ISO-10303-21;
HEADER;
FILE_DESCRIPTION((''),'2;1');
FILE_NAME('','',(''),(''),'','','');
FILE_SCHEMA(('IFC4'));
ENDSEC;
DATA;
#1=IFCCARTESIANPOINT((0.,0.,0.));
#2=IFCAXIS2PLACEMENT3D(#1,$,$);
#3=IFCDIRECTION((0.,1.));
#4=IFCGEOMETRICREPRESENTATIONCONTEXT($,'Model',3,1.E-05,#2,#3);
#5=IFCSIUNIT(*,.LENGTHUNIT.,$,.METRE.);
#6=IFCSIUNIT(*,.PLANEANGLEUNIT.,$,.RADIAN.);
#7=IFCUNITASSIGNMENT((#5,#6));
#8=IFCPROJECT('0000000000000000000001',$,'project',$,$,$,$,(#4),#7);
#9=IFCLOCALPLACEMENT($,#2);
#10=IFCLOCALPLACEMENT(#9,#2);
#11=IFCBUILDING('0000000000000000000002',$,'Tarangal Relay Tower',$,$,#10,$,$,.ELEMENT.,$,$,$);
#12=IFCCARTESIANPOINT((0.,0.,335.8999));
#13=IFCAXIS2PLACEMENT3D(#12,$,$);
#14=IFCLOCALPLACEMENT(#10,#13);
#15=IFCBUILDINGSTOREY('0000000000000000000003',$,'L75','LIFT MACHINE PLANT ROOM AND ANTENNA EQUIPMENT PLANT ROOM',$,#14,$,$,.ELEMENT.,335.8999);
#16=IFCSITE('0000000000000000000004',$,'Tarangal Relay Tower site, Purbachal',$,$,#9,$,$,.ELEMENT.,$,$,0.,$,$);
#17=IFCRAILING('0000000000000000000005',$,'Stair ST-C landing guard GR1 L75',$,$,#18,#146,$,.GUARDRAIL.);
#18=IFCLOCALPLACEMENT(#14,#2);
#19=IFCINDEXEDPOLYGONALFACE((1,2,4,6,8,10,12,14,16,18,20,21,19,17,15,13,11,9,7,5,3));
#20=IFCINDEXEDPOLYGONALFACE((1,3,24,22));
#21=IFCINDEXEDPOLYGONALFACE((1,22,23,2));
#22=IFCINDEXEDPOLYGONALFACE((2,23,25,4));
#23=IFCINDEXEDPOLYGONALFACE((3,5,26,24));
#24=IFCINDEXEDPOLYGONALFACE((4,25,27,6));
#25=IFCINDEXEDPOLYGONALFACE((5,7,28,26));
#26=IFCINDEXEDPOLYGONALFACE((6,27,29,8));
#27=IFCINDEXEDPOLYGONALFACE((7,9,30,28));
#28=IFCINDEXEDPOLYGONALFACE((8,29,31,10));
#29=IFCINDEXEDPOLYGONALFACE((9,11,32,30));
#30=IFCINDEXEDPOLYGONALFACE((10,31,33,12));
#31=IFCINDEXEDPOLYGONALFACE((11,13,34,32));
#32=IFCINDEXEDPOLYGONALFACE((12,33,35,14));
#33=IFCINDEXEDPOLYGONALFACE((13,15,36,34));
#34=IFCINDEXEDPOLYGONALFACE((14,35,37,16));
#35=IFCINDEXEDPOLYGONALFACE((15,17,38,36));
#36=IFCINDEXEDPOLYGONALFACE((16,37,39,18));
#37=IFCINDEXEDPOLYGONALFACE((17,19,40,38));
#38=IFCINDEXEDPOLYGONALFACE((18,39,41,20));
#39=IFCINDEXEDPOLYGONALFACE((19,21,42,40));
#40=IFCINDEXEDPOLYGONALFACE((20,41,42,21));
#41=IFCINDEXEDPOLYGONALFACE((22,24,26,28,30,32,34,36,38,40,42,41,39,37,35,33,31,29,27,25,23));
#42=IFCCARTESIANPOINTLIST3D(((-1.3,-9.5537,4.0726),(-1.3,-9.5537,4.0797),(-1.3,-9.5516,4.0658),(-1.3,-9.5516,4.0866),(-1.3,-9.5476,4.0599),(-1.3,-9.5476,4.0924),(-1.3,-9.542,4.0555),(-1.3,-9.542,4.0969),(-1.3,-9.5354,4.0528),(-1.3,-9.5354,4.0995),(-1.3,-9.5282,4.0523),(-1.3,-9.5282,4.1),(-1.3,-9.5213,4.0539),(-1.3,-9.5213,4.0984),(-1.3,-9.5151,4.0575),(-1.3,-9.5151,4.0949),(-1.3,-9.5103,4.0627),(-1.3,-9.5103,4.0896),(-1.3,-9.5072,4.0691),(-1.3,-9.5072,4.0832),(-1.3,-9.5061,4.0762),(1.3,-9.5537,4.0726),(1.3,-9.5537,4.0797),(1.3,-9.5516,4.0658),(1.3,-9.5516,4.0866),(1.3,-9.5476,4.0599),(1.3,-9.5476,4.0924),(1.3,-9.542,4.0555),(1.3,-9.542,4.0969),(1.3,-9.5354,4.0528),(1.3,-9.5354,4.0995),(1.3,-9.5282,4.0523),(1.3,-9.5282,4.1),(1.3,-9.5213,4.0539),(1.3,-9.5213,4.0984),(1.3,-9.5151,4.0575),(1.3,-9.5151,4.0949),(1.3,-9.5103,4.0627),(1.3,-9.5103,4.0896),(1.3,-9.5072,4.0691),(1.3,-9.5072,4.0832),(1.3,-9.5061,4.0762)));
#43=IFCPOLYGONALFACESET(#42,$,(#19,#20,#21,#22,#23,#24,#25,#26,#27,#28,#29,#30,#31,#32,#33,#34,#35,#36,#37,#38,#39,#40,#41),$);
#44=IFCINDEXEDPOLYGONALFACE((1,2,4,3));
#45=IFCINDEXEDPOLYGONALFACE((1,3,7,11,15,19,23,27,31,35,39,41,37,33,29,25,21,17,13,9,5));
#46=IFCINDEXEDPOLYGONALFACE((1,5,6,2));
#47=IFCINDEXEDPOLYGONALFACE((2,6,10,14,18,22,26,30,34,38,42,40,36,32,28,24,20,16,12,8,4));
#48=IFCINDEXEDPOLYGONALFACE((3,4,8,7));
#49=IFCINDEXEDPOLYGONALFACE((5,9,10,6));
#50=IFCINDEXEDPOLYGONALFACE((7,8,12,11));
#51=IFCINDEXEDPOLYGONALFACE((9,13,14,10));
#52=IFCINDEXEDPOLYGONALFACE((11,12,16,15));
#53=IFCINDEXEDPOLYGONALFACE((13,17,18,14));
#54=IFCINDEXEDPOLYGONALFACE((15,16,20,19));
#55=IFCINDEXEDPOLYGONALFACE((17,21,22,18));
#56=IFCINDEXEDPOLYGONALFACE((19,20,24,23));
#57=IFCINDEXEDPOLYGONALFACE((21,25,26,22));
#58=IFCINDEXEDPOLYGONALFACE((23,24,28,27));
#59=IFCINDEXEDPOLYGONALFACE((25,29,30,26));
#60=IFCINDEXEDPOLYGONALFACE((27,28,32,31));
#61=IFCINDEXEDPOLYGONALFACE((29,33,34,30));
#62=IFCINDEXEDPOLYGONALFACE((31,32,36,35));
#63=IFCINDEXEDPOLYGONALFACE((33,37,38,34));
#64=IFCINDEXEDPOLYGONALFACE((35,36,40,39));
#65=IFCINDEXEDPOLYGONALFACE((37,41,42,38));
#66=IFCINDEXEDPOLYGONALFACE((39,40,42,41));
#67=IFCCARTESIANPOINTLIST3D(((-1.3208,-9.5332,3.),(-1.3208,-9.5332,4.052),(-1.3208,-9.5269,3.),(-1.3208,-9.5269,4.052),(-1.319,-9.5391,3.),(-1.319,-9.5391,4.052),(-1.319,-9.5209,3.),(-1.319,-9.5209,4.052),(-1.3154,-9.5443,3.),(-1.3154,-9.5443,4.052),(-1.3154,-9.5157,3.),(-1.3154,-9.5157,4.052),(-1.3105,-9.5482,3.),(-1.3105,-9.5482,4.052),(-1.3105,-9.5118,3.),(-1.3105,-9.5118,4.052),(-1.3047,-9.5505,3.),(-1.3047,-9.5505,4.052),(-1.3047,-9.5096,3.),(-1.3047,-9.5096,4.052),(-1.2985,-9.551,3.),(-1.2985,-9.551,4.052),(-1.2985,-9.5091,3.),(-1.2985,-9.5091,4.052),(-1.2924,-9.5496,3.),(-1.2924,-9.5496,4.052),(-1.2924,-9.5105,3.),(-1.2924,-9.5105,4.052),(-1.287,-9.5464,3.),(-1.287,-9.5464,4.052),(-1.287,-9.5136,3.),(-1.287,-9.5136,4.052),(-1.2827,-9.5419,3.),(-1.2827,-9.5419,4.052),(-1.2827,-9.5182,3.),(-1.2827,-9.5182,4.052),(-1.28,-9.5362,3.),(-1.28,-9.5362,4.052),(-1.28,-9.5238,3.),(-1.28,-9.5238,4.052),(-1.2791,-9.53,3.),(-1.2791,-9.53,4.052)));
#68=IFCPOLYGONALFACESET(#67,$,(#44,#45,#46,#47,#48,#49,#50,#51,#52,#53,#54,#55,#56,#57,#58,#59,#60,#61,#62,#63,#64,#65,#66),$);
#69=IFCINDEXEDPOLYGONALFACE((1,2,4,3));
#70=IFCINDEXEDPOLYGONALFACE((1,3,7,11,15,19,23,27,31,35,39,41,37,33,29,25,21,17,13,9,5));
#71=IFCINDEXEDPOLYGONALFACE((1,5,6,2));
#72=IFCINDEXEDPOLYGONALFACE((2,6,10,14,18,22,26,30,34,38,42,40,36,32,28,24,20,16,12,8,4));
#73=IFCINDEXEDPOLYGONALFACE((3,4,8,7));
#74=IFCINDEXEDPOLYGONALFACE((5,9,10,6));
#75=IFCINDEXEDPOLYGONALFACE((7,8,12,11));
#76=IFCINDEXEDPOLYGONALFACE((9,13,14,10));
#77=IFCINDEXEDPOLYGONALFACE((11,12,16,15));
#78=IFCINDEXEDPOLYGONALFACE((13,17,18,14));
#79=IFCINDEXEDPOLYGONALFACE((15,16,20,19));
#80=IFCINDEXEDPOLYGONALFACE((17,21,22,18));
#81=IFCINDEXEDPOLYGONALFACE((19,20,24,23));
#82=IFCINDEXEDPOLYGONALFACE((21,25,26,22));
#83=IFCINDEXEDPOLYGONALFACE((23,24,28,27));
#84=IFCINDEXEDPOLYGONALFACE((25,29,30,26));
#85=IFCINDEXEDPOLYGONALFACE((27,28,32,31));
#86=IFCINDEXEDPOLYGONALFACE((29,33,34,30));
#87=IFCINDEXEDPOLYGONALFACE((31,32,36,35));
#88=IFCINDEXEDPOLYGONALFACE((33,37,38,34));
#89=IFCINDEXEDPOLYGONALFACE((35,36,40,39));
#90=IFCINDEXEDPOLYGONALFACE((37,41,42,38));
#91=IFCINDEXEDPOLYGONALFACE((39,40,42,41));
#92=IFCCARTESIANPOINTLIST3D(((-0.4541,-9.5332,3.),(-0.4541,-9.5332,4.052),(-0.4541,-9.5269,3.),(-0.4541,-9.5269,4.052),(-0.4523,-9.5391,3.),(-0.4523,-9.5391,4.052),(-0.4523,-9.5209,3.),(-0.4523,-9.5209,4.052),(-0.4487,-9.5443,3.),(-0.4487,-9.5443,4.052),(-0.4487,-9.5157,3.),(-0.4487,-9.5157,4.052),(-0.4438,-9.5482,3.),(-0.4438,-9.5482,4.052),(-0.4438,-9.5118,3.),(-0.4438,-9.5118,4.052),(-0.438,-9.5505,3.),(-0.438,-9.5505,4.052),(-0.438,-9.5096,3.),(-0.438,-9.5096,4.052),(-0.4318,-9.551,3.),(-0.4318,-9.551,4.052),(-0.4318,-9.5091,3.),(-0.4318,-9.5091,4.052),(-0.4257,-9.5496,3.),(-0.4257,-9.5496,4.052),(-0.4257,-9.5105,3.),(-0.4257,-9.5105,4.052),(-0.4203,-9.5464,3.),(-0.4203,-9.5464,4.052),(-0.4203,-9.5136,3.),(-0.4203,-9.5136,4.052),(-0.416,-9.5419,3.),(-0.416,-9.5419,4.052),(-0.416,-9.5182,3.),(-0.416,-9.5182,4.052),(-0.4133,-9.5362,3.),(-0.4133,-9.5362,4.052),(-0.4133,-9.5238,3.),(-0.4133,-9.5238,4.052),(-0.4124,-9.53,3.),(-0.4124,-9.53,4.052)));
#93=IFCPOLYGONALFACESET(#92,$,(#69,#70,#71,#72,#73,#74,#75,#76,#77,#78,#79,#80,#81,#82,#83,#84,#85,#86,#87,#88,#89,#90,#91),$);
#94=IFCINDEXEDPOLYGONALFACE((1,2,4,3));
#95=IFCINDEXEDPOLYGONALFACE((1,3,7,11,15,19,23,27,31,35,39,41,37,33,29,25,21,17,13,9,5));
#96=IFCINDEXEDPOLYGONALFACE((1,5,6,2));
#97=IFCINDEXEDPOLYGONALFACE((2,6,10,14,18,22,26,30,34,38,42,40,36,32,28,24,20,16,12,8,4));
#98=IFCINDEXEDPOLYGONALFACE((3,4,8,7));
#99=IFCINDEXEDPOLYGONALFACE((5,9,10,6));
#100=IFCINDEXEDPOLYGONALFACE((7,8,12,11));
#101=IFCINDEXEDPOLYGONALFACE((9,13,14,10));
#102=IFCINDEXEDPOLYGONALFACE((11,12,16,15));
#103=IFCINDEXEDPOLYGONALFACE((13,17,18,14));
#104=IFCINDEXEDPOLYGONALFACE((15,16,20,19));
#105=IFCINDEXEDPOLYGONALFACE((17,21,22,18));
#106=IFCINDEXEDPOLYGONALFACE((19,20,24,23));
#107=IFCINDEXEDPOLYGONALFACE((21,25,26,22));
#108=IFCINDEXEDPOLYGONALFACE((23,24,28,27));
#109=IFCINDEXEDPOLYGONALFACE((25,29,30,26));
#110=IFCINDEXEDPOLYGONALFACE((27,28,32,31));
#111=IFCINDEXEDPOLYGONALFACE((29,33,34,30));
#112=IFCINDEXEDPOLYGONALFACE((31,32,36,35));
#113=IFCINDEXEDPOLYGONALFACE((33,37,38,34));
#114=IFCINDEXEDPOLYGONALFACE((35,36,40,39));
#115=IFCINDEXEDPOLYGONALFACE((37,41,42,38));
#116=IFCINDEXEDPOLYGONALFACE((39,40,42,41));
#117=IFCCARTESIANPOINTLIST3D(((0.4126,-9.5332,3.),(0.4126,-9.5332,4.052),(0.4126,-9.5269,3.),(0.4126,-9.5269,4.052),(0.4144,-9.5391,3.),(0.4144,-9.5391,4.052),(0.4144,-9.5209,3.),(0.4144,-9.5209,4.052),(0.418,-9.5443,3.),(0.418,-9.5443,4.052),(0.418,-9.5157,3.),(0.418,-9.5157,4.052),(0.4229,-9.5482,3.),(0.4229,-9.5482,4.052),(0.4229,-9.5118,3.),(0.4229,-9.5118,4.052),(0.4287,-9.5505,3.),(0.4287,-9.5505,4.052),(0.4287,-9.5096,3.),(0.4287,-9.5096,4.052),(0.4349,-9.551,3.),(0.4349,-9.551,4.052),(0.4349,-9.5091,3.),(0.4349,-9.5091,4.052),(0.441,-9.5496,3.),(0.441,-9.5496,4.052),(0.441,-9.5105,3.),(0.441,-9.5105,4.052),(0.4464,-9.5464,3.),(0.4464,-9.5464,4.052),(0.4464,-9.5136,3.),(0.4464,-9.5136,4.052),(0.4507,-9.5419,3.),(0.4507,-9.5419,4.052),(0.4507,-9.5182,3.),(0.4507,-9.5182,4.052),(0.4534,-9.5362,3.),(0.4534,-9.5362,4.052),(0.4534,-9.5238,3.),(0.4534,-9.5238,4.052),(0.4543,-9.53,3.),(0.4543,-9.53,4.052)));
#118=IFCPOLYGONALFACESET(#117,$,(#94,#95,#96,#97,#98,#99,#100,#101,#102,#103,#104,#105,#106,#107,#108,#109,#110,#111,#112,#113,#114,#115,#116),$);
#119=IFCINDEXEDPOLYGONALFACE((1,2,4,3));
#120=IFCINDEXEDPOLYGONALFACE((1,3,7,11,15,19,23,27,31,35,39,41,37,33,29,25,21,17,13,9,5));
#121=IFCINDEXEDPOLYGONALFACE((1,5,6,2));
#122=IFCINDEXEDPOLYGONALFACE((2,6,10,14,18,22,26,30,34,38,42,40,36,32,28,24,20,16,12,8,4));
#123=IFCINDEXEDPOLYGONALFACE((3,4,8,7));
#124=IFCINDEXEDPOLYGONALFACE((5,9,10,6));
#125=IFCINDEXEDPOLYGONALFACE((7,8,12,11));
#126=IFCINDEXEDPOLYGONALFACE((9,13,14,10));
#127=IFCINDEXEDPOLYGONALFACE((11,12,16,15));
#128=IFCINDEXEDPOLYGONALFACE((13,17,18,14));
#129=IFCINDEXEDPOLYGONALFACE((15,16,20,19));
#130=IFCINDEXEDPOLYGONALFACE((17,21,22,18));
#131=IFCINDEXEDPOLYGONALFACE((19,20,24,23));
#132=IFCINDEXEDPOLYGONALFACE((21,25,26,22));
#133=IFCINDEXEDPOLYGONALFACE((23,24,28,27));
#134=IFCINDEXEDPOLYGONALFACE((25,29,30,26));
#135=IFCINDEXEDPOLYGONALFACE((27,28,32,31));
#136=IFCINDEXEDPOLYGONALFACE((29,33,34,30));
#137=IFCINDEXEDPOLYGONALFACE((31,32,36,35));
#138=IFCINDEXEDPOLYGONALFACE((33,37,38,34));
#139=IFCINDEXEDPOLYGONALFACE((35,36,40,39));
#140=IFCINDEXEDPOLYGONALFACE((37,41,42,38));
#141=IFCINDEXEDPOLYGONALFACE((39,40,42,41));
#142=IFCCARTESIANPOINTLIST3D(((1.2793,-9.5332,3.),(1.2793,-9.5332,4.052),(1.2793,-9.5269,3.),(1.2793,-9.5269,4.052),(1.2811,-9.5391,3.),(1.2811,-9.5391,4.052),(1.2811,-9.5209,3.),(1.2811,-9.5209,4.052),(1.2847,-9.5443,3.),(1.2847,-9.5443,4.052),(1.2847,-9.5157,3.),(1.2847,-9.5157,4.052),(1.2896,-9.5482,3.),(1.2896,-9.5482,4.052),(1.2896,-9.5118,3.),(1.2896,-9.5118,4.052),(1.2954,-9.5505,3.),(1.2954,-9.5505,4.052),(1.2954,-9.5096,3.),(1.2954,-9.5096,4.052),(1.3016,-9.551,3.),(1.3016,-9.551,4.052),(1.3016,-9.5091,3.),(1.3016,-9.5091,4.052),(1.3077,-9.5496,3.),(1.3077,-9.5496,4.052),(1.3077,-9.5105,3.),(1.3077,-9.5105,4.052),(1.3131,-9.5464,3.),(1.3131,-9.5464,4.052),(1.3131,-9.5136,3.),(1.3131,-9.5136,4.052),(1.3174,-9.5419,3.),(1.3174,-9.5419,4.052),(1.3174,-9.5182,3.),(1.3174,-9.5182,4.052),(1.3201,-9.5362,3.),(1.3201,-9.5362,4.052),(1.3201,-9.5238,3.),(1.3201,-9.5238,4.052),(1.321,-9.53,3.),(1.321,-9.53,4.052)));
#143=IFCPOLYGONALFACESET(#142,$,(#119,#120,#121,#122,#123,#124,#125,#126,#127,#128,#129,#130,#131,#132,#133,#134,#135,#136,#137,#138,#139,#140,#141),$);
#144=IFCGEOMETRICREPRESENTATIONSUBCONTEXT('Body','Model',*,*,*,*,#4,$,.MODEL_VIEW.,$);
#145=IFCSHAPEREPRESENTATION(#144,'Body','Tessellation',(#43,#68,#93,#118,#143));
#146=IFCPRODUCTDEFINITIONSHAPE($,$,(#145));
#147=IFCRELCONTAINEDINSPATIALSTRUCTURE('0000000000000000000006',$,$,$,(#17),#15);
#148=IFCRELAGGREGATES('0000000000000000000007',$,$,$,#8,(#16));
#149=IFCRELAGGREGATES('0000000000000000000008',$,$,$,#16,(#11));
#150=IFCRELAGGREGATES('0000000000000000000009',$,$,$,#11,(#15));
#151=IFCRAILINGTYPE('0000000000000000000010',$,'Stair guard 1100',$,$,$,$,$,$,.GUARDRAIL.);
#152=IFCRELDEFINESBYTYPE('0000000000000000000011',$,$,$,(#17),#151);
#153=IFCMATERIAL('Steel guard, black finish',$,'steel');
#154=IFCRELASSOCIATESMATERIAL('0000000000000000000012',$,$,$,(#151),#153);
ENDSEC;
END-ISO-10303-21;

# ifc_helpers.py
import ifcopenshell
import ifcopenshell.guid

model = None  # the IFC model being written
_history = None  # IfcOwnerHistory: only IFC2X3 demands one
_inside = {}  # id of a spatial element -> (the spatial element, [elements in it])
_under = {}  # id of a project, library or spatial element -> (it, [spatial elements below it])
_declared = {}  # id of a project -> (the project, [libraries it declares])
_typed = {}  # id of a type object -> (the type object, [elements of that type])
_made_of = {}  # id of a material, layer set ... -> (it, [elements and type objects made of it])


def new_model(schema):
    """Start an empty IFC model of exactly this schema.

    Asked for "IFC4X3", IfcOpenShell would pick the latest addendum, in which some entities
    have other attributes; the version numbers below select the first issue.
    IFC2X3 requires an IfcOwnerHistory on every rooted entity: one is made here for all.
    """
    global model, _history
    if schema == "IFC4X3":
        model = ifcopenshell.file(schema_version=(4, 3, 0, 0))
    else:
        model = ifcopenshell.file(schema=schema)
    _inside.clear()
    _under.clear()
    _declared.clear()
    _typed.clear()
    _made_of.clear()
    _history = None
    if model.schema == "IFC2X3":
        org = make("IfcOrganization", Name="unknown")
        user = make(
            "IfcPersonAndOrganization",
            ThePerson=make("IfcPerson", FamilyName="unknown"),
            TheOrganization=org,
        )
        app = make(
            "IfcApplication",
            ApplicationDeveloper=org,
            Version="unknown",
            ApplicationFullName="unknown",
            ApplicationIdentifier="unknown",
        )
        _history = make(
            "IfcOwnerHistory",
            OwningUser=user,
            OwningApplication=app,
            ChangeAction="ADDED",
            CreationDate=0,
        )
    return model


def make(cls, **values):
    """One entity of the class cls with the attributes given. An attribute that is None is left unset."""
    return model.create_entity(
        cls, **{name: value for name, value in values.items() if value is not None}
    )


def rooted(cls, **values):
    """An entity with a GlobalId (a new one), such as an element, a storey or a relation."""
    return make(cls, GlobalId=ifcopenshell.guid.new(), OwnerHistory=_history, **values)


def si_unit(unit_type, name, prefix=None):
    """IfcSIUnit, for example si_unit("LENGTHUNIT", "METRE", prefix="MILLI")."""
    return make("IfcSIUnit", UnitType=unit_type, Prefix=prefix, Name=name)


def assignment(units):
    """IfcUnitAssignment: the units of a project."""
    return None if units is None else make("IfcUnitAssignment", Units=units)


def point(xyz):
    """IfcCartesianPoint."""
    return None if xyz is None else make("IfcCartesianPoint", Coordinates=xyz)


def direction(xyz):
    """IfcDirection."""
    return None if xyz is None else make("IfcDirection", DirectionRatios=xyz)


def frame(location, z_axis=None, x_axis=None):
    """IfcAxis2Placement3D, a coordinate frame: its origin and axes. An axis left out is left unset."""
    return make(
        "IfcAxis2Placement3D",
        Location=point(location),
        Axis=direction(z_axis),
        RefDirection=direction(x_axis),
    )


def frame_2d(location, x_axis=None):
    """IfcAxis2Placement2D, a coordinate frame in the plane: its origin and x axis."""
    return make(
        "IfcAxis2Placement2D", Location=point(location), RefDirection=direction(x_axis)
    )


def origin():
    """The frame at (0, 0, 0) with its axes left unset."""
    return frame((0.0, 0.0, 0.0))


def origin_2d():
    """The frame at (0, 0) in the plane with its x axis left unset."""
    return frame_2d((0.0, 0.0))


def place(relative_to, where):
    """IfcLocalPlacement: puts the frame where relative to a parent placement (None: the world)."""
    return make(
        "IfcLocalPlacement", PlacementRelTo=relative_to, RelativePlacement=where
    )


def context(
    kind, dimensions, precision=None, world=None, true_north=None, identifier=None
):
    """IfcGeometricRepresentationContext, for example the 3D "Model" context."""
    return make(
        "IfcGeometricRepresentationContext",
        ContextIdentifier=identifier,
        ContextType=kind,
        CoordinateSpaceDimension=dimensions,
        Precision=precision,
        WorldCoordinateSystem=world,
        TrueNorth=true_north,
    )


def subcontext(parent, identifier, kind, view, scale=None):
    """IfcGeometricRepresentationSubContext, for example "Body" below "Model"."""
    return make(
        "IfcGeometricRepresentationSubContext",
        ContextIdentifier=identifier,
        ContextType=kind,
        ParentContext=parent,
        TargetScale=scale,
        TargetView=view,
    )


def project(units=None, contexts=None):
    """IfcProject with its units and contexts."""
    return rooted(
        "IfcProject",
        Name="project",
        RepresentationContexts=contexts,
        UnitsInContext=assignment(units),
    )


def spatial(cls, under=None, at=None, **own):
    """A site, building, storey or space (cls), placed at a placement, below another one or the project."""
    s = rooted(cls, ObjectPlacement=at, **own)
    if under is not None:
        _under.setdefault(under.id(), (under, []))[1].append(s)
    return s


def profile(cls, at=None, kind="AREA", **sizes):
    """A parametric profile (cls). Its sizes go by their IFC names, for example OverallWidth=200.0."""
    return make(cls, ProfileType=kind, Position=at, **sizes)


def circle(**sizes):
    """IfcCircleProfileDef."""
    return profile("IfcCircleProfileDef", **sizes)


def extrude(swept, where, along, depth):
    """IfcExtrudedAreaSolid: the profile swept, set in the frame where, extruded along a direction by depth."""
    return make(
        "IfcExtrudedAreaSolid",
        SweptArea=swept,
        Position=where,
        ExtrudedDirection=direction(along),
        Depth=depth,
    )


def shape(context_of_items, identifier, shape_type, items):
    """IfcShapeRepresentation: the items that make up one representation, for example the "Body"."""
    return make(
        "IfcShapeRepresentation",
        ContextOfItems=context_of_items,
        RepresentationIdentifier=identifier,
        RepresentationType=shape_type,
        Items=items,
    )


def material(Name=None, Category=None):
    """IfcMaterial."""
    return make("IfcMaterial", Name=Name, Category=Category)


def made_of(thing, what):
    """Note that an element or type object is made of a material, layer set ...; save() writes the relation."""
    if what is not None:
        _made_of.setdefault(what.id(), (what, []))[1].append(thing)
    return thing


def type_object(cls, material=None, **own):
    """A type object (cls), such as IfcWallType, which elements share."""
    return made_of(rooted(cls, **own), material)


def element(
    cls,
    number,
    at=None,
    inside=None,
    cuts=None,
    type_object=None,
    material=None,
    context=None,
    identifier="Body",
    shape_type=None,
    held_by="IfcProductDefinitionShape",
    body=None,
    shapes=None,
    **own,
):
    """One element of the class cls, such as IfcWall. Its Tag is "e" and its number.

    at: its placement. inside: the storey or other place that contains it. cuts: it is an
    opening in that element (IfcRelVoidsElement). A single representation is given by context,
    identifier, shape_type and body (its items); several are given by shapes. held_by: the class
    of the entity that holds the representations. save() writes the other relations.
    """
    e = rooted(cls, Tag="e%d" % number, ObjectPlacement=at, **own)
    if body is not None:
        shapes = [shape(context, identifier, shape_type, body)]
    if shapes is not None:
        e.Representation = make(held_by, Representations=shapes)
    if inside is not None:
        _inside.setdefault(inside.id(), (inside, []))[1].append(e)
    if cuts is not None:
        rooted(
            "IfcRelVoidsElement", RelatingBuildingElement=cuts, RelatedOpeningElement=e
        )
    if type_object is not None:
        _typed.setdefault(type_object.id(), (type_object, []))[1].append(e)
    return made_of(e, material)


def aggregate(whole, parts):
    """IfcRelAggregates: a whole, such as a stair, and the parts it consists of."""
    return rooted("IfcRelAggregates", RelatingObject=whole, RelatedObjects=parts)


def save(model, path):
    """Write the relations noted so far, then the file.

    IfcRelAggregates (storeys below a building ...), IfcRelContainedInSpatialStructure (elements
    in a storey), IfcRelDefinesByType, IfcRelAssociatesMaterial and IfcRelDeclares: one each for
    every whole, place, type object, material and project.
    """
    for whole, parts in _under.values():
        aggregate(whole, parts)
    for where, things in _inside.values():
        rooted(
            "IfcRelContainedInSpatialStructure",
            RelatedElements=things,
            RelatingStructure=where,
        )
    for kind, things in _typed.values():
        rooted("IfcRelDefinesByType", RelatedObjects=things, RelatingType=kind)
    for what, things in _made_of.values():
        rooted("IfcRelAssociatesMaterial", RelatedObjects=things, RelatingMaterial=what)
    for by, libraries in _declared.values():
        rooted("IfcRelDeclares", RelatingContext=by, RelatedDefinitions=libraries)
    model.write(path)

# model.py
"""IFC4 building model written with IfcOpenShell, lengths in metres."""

from ifc_helpers import new_model, si_unit, direction, frame, origin, origin_2d, place, context, subcontext, project, spatial, circle, extrude, material, type_object, element, save


model = new_model("IFC4")

# Units and contexts
model_context = context("Model", 3, precision=1e-05, world=origin(), true_north=direction((0.0, 1.0)))
body_context = subcontext(model_context, "Body", "Model", "MODEL_VIEW")
ifc_project = project(units=[si_unit("LENGTHUNIT", "METRE"), si_unit("PLANEANGLEUNIT", "RADIAN")], contexts=[model_context])

# Site, building, storey
site_placement = place(None, origin())
site = spatial("IfcSite", under=ifc_project, at=site_placement, Name="Tarangal Relay Tower site, Purbachal", CompositionType="ELEMENT", RefElevation=0.0)
building_placement = place(site_placement, origin())
building = spatial("IfcBuilding", under=site, at=building_placement, Name="Tarangal Relay Tower", CompositionType="ELEMENT")
storey_placement = place(building_placement, frame((0.0, 0.0, 335.8999)))
storey = spatial("IfcBuildingStorey", under=building, at=storey_placement, Name="L75", Description="LIFT MACHINE PLANT ROOM AND ANTENNA EQUIPMENT PLANT ROOM", CompositionType="ELEMENT", Elevation=335.8999)

# Railing
ifc_material_1 = material(Name="Steel guard, black finish", Category="steel")
railing_type_1 = type_object("IfcRailingType", Name="Stair guard 1100", PredefinedType="GUARDRAIL", material=ifc_material_1)
for number, where, name in (
    (1, (-1.3, -9.53, 3.0), "Stair ST-C landing guard GR1 L75"),
):
    element("IfcRailing", number, at=place(storey_placement, frame(where)), inside=storey, type_object=railing_type_1, Name=name, PredefinedType="GUARDRAIL", context=body_context, shape_type="SweptSolid", body=[
        extrude(circle(Radius=0.0239, at=origin_2d()), frame((0.0, 0.0, 1.0762), z_axis=(1.0, 0.0, 0.0), x_axis=(0.0, 1.0, 0.0)), (0.0, 0.0, 1.0), 2.6001),
        extrude(circle(Radius=0.021, at=origin_2d()), origin(), (0.0, 0.0, 1.0), 1.052),
        extrude(circle(Radius=0.021, at=origin_2d()), frame((0.8667, 0.0, 0.0)), (0.0, 0.0, 1.0), 1.052),
        extrude(circle(Radius=0.021, at=origin_2d()), frame((1.7334, 0.0, 0.0)), (0.0, 0.0, 1.0), 1.052),
        extrude(circle(Radius=0.021, at=origin_2d()), frame((2.6001, 0.0, 0.0)), (0.0, 0.0, 1.0), 1.052),
    ])

save(model, "model.ifc")
